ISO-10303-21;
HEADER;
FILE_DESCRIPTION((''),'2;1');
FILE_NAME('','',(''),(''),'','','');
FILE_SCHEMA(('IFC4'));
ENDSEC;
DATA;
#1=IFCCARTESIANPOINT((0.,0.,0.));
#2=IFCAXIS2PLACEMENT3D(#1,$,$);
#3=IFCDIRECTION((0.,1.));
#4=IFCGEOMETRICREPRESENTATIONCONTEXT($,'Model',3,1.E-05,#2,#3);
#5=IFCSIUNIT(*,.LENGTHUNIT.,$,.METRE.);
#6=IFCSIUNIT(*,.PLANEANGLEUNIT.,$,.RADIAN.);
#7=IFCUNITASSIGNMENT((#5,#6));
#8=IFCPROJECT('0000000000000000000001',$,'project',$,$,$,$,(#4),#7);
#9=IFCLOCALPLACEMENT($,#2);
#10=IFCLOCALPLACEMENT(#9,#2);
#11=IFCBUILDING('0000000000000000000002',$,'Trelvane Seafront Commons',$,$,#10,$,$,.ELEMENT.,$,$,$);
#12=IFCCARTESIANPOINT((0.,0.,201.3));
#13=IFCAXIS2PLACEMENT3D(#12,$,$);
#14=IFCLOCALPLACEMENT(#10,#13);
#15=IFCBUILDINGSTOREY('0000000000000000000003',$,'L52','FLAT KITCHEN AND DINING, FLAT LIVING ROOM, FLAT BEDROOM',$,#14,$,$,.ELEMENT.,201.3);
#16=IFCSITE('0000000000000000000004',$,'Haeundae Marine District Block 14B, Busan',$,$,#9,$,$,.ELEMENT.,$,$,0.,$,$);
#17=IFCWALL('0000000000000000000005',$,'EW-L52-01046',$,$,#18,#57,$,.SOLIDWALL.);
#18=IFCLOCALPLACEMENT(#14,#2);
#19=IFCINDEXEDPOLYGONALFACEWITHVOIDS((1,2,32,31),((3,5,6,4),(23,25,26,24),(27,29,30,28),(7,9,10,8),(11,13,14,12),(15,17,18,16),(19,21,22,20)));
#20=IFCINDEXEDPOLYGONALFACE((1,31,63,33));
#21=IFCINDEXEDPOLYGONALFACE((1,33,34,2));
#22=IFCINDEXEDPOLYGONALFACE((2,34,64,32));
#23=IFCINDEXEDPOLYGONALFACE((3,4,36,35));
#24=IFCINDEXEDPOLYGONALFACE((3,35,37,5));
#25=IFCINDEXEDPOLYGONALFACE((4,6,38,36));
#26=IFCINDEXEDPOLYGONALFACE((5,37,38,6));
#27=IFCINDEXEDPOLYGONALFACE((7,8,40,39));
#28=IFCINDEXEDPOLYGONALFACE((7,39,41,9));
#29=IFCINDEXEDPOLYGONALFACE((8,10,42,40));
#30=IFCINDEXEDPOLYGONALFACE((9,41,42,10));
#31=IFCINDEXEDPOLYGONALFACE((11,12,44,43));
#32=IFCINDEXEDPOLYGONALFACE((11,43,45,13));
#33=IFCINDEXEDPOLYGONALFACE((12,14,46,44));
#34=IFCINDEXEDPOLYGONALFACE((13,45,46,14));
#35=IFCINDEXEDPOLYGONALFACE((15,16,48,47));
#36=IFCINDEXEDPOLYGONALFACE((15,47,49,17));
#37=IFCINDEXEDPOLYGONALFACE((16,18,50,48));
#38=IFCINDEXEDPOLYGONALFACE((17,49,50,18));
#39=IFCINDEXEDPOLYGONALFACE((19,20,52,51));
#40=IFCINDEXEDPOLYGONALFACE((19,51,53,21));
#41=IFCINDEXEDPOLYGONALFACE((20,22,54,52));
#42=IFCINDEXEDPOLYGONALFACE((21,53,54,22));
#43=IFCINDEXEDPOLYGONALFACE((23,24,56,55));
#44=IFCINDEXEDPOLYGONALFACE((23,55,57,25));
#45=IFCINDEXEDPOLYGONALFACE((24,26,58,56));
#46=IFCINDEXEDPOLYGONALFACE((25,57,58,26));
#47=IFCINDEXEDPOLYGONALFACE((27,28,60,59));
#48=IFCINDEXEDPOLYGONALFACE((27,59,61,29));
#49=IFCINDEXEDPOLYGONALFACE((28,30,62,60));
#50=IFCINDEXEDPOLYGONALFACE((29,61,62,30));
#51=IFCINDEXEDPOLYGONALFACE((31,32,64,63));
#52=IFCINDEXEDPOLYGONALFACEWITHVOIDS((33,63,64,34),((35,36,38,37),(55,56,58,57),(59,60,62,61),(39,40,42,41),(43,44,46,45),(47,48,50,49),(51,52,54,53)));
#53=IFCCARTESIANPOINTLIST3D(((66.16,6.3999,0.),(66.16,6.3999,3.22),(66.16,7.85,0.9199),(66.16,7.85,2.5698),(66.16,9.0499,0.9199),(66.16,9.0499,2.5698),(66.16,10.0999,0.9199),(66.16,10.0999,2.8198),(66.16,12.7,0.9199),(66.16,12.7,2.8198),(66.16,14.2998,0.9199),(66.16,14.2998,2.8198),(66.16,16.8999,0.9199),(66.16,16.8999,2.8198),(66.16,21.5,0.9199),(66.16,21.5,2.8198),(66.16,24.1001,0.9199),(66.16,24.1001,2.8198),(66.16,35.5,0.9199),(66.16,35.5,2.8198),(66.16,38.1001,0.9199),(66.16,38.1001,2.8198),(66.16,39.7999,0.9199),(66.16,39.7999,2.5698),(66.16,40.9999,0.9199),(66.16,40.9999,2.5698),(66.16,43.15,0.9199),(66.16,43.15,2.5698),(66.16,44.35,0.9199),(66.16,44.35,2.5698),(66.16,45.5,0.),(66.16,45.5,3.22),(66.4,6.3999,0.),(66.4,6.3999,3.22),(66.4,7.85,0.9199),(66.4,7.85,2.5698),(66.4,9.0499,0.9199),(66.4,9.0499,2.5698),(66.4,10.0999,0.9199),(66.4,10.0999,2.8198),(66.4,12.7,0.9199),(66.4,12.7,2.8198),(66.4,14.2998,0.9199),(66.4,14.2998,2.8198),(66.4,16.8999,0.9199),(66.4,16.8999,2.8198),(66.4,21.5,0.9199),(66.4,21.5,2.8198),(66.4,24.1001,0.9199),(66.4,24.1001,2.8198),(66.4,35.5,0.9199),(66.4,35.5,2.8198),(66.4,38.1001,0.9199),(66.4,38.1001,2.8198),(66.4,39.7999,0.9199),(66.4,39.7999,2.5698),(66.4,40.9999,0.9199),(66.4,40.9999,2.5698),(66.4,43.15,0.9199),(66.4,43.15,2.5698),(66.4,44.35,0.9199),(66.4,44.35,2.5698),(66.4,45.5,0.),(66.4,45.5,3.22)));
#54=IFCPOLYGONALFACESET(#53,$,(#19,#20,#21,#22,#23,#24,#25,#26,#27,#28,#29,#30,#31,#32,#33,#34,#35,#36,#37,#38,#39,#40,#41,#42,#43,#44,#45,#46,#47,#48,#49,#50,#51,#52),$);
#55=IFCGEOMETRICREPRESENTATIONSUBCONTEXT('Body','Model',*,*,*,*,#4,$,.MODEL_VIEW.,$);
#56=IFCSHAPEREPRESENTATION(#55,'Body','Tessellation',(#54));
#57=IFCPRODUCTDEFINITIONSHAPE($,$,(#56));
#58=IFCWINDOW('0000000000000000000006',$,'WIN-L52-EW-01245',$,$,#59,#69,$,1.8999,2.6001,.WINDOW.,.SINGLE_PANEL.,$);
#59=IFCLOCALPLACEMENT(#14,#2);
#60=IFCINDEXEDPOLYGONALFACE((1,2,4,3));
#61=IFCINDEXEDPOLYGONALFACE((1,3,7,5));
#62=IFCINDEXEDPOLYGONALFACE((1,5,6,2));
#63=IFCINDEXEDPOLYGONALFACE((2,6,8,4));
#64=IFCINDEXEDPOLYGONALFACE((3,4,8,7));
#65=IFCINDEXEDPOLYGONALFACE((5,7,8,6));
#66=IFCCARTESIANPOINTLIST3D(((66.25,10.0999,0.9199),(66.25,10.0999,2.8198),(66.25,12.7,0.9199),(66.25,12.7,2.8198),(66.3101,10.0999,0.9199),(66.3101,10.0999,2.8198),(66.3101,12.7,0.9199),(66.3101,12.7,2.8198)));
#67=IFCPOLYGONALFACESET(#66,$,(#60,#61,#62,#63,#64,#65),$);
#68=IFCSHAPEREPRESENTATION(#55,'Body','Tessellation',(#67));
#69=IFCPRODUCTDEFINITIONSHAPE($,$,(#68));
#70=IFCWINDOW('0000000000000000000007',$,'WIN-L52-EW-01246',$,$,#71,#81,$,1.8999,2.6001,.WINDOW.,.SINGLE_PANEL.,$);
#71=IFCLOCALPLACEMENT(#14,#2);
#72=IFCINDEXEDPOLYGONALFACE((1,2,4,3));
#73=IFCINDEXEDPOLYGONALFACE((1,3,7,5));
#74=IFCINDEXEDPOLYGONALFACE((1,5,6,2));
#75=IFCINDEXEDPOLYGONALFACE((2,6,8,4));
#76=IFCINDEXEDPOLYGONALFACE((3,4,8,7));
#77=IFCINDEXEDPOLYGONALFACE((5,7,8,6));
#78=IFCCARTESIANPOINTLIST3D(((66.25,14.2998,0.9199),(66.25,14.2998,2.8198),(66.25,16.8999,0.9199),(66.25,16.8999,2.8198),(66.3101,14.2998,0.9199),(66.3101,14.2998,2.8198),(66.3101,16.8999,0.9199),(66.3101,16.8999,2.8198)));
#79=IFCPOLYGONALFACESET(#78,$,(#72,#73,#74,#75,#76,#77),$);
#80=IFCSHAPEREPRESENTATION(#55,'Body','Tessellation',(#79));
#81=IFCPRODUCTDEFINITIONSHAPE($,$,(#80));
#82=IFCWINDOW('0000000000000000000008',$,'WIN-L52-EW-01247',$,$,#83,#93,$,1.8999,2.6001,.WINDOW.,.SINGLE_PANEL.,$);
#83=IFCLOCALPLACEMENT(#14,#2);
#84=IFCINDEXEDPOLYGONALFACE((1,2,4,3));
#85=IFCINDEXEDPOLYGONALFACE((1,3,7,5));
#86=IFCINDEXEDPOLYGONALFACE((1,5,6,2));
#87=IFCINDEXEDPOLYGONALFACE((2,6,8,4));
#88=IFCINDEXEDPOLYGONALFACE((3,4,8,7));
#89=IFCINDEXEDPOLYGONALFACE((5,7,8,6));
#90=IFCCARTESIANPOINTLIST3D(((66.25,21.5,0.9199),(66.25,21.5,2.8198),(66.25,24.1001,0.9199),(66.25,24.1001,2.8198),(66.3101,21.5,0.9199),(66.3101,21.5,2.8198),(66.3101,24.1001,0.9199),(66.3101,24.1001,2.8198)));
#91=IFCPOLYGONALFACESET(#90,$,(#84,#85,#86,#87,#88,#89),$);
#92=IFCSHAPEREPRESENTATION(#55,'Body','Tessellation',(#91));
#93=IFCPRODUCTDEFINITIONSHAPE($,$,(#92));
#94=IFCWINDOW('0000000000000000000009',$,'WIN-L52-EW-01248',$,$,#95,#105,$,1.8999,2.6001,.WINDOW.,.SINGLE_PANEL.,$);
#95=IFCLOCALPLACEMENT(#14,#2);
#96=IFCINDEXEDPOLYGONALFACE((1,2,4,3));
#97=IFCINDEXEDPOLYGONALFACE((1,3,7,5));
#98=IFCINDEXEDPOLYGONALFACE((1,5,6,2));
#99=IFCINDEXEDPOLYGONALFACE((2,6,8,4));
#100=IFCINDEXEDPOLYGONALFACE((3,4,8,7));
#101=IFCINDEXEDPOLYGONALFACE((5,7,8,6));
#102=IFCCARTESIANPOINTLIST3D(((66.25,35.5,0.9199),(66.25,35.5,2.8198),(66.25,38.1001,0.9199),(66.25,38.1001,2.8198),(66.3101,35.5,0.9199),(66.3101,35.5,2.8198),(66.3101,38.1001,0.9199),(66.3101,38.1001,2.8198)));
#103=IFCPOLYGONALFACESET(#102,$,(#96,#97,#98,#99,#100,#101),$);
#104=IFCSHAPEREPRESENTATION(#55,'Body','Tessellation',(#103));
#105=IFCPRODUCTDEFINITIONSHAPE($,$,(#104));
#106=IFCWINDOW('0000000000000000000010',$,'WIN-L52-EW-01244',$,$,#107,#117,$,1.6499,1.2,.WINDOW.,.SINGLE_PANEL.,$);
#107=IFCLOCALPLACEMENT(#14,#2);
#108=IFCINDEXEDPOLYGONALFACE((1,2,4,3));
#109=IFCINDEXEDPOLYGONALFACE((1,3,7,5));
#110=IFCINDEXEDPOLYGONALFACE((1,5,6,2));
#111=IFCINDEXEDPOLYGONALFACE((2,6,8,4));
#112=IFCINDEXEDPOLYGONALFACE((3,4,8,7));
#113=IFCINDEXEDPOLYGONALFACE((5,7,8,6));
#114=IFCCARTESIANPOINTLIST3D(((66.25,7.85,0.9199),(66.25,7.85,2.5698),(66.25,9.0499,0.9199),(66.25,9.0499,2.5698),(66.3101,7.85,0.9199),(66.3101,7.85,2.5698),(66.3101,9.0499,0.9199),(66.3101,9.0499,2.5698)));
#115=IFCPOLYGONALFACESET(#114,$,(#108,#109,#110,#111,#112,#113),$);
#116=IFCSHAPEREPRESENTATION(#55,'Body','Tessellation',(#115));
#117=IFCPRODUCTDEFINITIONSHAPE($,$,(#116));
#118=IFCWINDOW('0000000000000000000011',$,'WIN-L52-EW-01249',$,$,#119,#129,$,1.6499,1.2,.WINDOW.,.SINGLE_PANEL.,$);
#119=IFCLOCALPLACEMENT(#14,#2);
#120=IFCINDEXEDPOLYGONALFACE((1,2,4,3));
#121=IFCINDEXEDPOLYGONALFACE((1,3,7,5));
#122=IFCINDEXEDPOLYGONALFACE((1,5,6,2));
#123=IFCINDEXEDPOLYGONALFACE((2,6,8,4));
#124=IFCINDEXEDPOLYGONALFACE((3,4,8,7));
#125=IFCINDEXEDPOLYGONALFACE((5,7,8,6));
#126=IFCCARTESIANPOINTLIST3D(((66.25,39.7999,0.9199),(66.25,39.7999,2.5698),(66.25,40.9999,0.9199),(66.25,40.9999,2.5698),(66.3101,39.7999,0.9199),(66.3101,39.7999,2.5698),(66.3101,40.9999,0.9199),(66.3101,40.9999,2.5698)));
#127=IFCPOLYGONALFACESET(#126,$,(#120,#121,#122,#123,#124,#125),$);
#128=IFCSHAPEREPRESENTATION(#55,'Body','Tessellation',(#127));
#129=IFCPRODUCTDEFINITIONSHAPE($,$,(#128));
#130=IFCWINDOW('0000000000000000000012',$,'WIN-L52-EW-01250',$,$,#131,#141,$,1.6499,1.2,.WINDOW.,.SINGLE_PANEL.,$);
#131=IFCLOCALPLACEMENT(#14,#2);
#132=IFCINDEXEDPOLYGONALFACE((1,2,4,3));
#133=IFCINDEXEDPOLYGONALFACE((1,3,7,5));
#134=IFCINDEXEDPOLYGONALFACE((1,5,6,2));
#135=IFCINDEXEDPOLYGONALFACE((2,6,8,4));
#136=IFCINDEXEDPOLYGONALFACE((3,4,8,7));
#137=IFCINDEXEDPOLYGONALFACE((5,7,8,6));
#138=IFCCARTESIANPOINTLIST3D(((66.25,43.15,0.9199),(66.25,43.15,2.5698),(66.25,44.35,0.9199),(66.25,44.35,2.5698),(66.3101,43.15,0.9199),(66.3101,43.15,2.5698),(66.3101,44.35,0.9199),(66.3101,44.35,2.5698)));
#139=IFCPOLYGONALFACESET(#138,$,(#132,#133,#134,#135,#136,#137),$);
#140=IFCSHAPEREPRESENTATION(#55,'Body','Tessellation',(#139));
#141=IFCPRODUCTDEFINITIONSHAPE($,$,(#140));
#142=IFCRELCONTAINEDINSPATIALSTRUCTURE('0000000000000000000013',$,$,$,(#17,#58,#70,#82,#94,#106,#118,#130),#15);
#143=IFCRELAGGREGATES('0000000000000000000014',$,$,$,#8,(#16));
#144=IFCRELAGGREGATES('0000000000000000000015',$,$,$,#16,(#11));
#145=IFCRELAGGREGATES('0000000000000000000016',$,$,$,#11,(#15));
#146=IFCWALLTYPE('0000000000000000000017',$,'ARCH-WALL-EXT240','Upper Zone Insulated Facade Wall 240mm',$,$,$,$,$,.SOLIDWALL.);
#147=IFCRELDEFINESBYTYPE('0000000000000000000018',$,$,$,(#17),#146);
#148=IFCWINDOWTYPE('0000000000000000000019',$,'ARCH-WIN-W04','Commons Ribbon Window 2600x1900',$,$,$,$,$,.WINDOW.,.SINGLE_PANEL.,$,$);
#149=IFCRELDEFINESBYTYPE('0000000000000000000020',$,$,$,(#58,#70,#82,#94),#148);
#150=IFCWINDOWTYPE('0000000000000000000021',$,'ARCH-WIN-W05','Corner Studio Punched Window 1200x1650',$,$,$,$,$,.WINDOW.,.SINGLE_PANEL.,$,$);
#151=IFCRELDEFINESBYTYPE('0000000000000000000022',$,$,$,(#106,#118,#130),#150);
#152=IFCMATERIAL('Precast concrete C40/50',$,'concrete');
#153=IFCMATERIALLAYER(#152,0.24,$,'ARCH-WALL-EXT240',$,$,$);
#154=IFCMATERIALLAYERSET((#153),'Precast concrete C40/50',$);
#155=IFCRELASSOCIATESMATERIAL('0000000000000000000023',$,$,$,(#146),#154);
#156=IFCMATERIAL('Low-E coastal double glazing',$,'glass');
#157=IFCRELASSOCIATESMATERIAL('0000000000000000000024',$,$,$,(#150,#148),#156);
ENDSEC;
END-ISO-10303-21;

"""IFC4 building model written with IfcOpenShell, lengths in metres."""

from ifc_helpers import new_model, si_unit, direction, frame, frame_2d, origin, place, context, subcontext, project, spatial, rectangle, extrude, source, transform, mapped, material, layer, layer_set, type_object, element, fill, save


model = new_model("IFC4")

# Units and contexts
model_context = context("Model", 3, precision=1e-05, world=origin(), true_north=direction((0.0, 1.0)))
body_context = subcontext(model_context, "Body", "Model", "MODEL_VIEW")
ifc_project = project(units=[si_unit("LENGTHUNIT", "METRE"), si_unit("PLANEANGLEUNIT", "RADIAN")], contexts=[model_context])

# Site, building, storey
site_placement = place(None, origin())
site = spatial("IfcSite", under=ifc_project, at=site_placement, Name="Haeundae Marine District Block 14B, Busan", CompositionType="ELEMENT", RefElevation=0.0)
building_placement = place(site_placement, origin())
building = spatial("IfcBuilding", under=site, at=building_placement, Name="Trelvane Seafront Commons", CompositionType="ELEMENT")
storey_placement = place(building_placement, frame((0.0, 0.0, 201.3)))
storey = spatial("IfcBuildingStorey", under=building, at=storey_placement, Name="L52", Description="FLAT KITCHEN AND DINING, FLAT LIVING ROOM, FLAT BEDROOM", CompositionType="ELEMENT", Elevation=201.3)

# Shared definitions
ifc_material_1 = material(Name="Low-E coastal double glazing", Category="glass")

# Shared definitions
ifc_material_2 = material(Name="Precast concrete C40/50", Category="concrete")
ifc_layer_1 = layer(ifc_material_2, 0.24, Name="ARCH-WALL-EXT240")
ifc_layer_set_1 = layer_set([ifc_layer_1], Name="Precast concrete C40/50")
wall_type = type_object("IfcWallType", Name="ARCH-WALL-EXT240", Description="Upper Zone Insulated Facade Wall 240mm", PredefinedType="SOLIDWALL", material=ifc_layer_set_1)
window_type_1 = type_object("IfcWindowType", Name="ARCH-WIN-W05", Description="Corner Studio Punched Window 1200x1650", PartitioningType="SINGLE_PANEL", PredefinedType="WINDOW", material=ifc_material_1)
shared_shape_1 = source(origin(), body_context, "Body", "SweptSolid", [
    extrude(rectangle(XDim=1.2, YDim=1.6499, at=frame_2d((0.6001, 0.825))), frame((0.0, 0.03, 0.0), z_axis=(0.0, -1.0, 0.0), x_axis=(1.0, 0.0, 0.0)), (0.0, 0.0, 1.0), 0.0601),
])

# Wall, openings, windows
wall_1_placement = place(storey_placement, frame((66.28, 45.5, 0.0), z_axis=(0.0, 0.0, 1.0), x_axis=(0.0, -1.0, 0.0)))
wall_1 = element("IfcWall", 1, at=wall_1_placement, inside=storey, type_object=wall_type, Name="EW-L52-01046", PredefinedType="SOLIDWALL", context=body_context, shape_type="SweptSolid", body=[
    extrude(rectangle(XDim=39.1001, YDim=0.24, at=frame_2d((19.55, 0.0))), origin(), (0.0, 0.0, 1.0), 3.22),
])
opening_1_placement = place(wall_1_placement, frame((36.45, 0.0, 0.9199)))
opening_1 = element("IfcOpeningElement", 2, at=opening_1_placement, cuts=wall_1, PredefinedType="OPENING", context=body_context, shape_type="SweptSolid", body=[
    extrude(rectangle(XDim=1.2, YDim=1.6499, at=frame_2d((0.6001, 0.825))), frame((0.0, 0.1299, 0.0), z_axis=(0.0, -1.0, 0.0), x_axis=(1.0, 0.0, 0.0)), (0.0, 0.0, 1.0), 0.26),
])
opening_2_placement = place(wall_1_placement, frame((32.8, 0.0, 0.9199)))
opening_2 = element("IfcOpeningElement", 3, at=opening_2_placement, cuts=wall_1, PredefinedType="OPENING", context=body_context, shape_type="SweptSolid", body=[
    extrude(rectangle(XDim=2.6001, YDim=1.8999, at=frame_2d((1.3, 0.95))), frame((0.0, 0.1299, 0.0), z_axis=(0.0, -1.0, 0.0), x_axis=(1.0, 0.0, 0.0)), (0.0, 0.0, 1.0), 0.26),
])
opening_3_placement = place(wall_1_placement, frame((28.6001, 0.0, 0.9199)))
opening_3 = element("IfcOpeningElement", 4, at=opening_3_placement, cuts=wall_1, PredefinedType="OPENING", context=body_context, shape_type="SweptSolid", body=[
    extrude(rectangle(XDim=2.6001, YDim=1.8999, at=frame_2d((1.3, 0.95))), frame((0.0, 0.1299, 0.0), z_axis=(0.0, -1.0, 0.0), x_axis=(1.0, 0.0, 0.0)), (0.0, 0.0, 1.0), 0.26),
])
opening_4_placement = place(wall_1_placement, frame((21.3999, 0.0, 0.9199)))
opening_4 = element("IfcOpeningElement", 5, at=opening_4_placement, cuts=wall_1, PredefinedType="OPENING", context=body_context, shape_type="SweptSolid", body=[
    extrude(rectangle(XDim=2.6001, YDim=1.8999, at=frame_2d((1.3, 0.95))), frame((0.0, 0.1299, 0.0), z_axis=(0.0, -1.0, 0.0), x_axis=(1.0, 0.0, 0.0)), (0.0, 0.0, 1.0), 0.26),
])
opening_5_placement = place(wall_1_placement, frame((7.3999, 0.0, 0.9199)))
opening_5 = element("IfcOpeningElement", 6, at=opening_5_placement, cuts=wall_1, PredefinedType="OPENING", context=body_context, shape_type="SweptSolid", body=[
    extrude(rectangle(XDim=2.6001, YDim=1.8999, at=frame_2d((1.3, 0.95))), frame((0.0, 0.1299, 0.0), z_axis=(0.0, -1.0, 0.0), x_axis=(1.0, 0.0, 0.0)), (0.0, 0.0, 1.0), 0.26),
])
opening_6_placement = place(wall_1_placement, frame((4.5, 0.0, 0.9199)))
opening_6 = element("IfcOpeningElement", 7, at=opening_6_placement, cuts=wall_1, PredefinedType="OPENING", context=body_context, shape_type="SweptSolid", body=[
    extrude(rectangle(XDim=1.2, YDim=1.6499, at=frame_2d((0.6001, 0.825))), frame((0.0, 0.1299, 0.0), z_axis=(0.0, -1.0, 0.0), x_axis=(1.0, 0.0, 0.0)), (0.0, 0.0, 1.0), 0.26),
])
opening_7_placement = place(wall_1_placement, frame((1.1499, 0.0, 0.9199)))
opening_7 = element("IfcOpeningElement", 8, at=opening_7_placement, cuts=wall_1, PredefinedType="OPENING", context=body_context, shape_type="SweptSolid", body=[
    extrude(rectangle(XDim=1.2, YDim=1.6499, at=frame_2d((0.6001, 0.825))), frame((0.0, 0.1299, 0.0), z_axis=(0.0, -1.0, 0.0), x_axis=(1.0, 0.0, 0.0)), (0.0, 0.0, 1.0), 0.26),
])
window_type_2 = type_object("IfcWindowType", Name="ARCH-WIN-W04", Description="Commons Ribbon Window 2600x1900", PartitioningType="SINGLE_PANEL", PredefinedType="WINDOW", material=ifc_material_1)
shared_shape_2 = source(origin(), body_context, "Body", "SweptSolid", [
    extrude(rectangle(XDim=2.6001, YDim=1.8999, at=frame_2d((1.3, 0.95))), frame((0.0, 0.03, 0.0), z_axis=(0.0, -1.0, 0.0), x_axis=(1.0, 0.0, 0.0)), (0.0, 0.0, 1.0), 0.0601),
])
window_1_placement = place(opening_2_placement, origin())
window_1 = element("IfcWindow", 9, at=window_1_placement, inside=storey, type_object=window_type_2, Name="WIN-L52-EW-01245", OverallHeight=1.8999, OverallWidth=2.6001, PartitioningType="SINGLE_PANEL", PredefinedType="WINDOW", context=body_context, shape_type="MappedRepresentation", body=[
    mapped(shared_shape_2, transform((0.0, 0.0, 0.0), x_axis=(1.0, 0.0, 0.0), y_axis=(0.0, 1.0, 0.0), z_axis=(0.0, 0.0, 1.0), scale=1.0)),
])
fill(opening_2, window_1)
window_2_placement = place(opening_3_placement, origin())
window_2 = element("IfcWindow", 10, at=window_2_placement, inside=storey, type_object=window_type_2, Name="WIN-L52-EW-01246", OverallHeight=1.8999, OverallWidth=2.6001, PartitioningType="SINGLE_PANEL", PredefinedType="WINDOW", context=body_context, shape_type="MappedRepresentation", body=[
    mapped(shared_shape_2, transform((0.0, 0.0, 0.0), x_axis=(1.0, 0.0, 0.0), y_axis=(0.0, 1.0, 0.0), z_axis=(0.0, 0.0, 1.0), scale=1.0)),
])
fill(opening_3, window_2)
window_3_placement = place(opening_4_placement, origin())
window_3 = element("IfcWindow", 11, at=window_3_placement, inside=storey, type_object=window_type_2, Name="WIN-L52-EW-01247", OverallHeight=1.8999, OverallWidth=2.6001, PartitioningType="SINGLE_PANEL", PredefinedType="WINDOW", context=body_context, shape_type="MappedRepresentation", body=[
    mapped(shared_shape_2, transform((0.0, 0.0, 0.0), x_axis=(1.0, 0.0, 0.0), y_axis=(0.0, 1.0, 0.0), z_axis=(0.0, 0.0, 1.0), scale=1.0)),
])
fill(opening_4, window_3)
window_4_placement = place(opening_5_placement, origin())
window_4 = element("IfcWindow", 12, at=window_4_placement, inside=storey, type_object=window_type_2, Name="WIN-L52-EW-01248", OverallHeight=1.8999, OverallWidth=2.6001, PartitioningType="SINGLE_PANEL", PredefinedType="WINDOW", context=body_context, shape_type="MappedRepresentation", body=[
    mapped(shared_shape_2, transform((0.0, 0.0, 0.0), x_axis=(1.0, 0.0, 0.0), y_axis=(0.0, 1.0, 0.0), z_axis=(0.0, 0.0, 1.0), scale=1.0)),
])
fill(opening_5, window_4)
window_5_placement = place(opening_1_placement, origin())
window_5 = element("IfcWindow", 13, at=window_5_placement, inside=storey, type_object=window_type_1, Name="WIN-L52-EW-01244", OverallHeight=1.6499, OverallWidth=1.2, PartitioningType="SINGLE_PANEL", PredefinedType="WINDOW", context=body_context, shape_type="MappedRepresentation", body=[
    mapped(shared_shape_1, transform((0.0, 0.0, 0.0), x_axis=(1.0, 0.0, 0.0), y_axis=(0.0, 1.0, 0.0), z_axis=(0.0, 0.0, 1.0), scale=1.0)),
])
fill(opening_1, window_5)
window_6_placement = place(opening_6_placement, origin())
window_6 = element("IfcWindow", 14, at=window_6_placement, inside=storey, type_object=window_type_1, Name="WIN-L52-EW-01249", OverallHeight=1.6499, OverallWidth=1.2, PartitioningType="SINGLE_PANEL", PredefinedType="WINDOW", context=body_context, shape_type="MappedRepresentation", body=[
    mapped(shared_shape_1, transform((0.0, 0.0, 0.0), x_axis=(1.0, 0.0, 0.0), y_axis=(0.0, 1.0, 0.0), z_axis=(0.0, 0.0, 1.0), scale=1.0)),
])
fill(opening_6, window_6)
window_7_placement = place(opening_7_placement, origin())
window_7 = element("IfcWindow", 15, at=window_7_placement, inside=storey, type_object=window_type_1, Name="WIN-L52-EW-01250", OverallHeight=1.6499, OverallWidth=1.2, PartitioningType="SINGLE_PANEL", PredefinedType="WINDOW", context=body_context, shape_type="MappedRepresentation", body=[
    mapped(shared_shape_1, transform((0.0, 0.0, 0.0), x_axis=(1.0, 0.0, 0.0), y_axis=(0.0, 1.0, 0.0), z_axis=(0.0, 0.0, 1.0), scale=1.0)),
])
fill(opening_7, window_7)

save(model, "model.ifc")
